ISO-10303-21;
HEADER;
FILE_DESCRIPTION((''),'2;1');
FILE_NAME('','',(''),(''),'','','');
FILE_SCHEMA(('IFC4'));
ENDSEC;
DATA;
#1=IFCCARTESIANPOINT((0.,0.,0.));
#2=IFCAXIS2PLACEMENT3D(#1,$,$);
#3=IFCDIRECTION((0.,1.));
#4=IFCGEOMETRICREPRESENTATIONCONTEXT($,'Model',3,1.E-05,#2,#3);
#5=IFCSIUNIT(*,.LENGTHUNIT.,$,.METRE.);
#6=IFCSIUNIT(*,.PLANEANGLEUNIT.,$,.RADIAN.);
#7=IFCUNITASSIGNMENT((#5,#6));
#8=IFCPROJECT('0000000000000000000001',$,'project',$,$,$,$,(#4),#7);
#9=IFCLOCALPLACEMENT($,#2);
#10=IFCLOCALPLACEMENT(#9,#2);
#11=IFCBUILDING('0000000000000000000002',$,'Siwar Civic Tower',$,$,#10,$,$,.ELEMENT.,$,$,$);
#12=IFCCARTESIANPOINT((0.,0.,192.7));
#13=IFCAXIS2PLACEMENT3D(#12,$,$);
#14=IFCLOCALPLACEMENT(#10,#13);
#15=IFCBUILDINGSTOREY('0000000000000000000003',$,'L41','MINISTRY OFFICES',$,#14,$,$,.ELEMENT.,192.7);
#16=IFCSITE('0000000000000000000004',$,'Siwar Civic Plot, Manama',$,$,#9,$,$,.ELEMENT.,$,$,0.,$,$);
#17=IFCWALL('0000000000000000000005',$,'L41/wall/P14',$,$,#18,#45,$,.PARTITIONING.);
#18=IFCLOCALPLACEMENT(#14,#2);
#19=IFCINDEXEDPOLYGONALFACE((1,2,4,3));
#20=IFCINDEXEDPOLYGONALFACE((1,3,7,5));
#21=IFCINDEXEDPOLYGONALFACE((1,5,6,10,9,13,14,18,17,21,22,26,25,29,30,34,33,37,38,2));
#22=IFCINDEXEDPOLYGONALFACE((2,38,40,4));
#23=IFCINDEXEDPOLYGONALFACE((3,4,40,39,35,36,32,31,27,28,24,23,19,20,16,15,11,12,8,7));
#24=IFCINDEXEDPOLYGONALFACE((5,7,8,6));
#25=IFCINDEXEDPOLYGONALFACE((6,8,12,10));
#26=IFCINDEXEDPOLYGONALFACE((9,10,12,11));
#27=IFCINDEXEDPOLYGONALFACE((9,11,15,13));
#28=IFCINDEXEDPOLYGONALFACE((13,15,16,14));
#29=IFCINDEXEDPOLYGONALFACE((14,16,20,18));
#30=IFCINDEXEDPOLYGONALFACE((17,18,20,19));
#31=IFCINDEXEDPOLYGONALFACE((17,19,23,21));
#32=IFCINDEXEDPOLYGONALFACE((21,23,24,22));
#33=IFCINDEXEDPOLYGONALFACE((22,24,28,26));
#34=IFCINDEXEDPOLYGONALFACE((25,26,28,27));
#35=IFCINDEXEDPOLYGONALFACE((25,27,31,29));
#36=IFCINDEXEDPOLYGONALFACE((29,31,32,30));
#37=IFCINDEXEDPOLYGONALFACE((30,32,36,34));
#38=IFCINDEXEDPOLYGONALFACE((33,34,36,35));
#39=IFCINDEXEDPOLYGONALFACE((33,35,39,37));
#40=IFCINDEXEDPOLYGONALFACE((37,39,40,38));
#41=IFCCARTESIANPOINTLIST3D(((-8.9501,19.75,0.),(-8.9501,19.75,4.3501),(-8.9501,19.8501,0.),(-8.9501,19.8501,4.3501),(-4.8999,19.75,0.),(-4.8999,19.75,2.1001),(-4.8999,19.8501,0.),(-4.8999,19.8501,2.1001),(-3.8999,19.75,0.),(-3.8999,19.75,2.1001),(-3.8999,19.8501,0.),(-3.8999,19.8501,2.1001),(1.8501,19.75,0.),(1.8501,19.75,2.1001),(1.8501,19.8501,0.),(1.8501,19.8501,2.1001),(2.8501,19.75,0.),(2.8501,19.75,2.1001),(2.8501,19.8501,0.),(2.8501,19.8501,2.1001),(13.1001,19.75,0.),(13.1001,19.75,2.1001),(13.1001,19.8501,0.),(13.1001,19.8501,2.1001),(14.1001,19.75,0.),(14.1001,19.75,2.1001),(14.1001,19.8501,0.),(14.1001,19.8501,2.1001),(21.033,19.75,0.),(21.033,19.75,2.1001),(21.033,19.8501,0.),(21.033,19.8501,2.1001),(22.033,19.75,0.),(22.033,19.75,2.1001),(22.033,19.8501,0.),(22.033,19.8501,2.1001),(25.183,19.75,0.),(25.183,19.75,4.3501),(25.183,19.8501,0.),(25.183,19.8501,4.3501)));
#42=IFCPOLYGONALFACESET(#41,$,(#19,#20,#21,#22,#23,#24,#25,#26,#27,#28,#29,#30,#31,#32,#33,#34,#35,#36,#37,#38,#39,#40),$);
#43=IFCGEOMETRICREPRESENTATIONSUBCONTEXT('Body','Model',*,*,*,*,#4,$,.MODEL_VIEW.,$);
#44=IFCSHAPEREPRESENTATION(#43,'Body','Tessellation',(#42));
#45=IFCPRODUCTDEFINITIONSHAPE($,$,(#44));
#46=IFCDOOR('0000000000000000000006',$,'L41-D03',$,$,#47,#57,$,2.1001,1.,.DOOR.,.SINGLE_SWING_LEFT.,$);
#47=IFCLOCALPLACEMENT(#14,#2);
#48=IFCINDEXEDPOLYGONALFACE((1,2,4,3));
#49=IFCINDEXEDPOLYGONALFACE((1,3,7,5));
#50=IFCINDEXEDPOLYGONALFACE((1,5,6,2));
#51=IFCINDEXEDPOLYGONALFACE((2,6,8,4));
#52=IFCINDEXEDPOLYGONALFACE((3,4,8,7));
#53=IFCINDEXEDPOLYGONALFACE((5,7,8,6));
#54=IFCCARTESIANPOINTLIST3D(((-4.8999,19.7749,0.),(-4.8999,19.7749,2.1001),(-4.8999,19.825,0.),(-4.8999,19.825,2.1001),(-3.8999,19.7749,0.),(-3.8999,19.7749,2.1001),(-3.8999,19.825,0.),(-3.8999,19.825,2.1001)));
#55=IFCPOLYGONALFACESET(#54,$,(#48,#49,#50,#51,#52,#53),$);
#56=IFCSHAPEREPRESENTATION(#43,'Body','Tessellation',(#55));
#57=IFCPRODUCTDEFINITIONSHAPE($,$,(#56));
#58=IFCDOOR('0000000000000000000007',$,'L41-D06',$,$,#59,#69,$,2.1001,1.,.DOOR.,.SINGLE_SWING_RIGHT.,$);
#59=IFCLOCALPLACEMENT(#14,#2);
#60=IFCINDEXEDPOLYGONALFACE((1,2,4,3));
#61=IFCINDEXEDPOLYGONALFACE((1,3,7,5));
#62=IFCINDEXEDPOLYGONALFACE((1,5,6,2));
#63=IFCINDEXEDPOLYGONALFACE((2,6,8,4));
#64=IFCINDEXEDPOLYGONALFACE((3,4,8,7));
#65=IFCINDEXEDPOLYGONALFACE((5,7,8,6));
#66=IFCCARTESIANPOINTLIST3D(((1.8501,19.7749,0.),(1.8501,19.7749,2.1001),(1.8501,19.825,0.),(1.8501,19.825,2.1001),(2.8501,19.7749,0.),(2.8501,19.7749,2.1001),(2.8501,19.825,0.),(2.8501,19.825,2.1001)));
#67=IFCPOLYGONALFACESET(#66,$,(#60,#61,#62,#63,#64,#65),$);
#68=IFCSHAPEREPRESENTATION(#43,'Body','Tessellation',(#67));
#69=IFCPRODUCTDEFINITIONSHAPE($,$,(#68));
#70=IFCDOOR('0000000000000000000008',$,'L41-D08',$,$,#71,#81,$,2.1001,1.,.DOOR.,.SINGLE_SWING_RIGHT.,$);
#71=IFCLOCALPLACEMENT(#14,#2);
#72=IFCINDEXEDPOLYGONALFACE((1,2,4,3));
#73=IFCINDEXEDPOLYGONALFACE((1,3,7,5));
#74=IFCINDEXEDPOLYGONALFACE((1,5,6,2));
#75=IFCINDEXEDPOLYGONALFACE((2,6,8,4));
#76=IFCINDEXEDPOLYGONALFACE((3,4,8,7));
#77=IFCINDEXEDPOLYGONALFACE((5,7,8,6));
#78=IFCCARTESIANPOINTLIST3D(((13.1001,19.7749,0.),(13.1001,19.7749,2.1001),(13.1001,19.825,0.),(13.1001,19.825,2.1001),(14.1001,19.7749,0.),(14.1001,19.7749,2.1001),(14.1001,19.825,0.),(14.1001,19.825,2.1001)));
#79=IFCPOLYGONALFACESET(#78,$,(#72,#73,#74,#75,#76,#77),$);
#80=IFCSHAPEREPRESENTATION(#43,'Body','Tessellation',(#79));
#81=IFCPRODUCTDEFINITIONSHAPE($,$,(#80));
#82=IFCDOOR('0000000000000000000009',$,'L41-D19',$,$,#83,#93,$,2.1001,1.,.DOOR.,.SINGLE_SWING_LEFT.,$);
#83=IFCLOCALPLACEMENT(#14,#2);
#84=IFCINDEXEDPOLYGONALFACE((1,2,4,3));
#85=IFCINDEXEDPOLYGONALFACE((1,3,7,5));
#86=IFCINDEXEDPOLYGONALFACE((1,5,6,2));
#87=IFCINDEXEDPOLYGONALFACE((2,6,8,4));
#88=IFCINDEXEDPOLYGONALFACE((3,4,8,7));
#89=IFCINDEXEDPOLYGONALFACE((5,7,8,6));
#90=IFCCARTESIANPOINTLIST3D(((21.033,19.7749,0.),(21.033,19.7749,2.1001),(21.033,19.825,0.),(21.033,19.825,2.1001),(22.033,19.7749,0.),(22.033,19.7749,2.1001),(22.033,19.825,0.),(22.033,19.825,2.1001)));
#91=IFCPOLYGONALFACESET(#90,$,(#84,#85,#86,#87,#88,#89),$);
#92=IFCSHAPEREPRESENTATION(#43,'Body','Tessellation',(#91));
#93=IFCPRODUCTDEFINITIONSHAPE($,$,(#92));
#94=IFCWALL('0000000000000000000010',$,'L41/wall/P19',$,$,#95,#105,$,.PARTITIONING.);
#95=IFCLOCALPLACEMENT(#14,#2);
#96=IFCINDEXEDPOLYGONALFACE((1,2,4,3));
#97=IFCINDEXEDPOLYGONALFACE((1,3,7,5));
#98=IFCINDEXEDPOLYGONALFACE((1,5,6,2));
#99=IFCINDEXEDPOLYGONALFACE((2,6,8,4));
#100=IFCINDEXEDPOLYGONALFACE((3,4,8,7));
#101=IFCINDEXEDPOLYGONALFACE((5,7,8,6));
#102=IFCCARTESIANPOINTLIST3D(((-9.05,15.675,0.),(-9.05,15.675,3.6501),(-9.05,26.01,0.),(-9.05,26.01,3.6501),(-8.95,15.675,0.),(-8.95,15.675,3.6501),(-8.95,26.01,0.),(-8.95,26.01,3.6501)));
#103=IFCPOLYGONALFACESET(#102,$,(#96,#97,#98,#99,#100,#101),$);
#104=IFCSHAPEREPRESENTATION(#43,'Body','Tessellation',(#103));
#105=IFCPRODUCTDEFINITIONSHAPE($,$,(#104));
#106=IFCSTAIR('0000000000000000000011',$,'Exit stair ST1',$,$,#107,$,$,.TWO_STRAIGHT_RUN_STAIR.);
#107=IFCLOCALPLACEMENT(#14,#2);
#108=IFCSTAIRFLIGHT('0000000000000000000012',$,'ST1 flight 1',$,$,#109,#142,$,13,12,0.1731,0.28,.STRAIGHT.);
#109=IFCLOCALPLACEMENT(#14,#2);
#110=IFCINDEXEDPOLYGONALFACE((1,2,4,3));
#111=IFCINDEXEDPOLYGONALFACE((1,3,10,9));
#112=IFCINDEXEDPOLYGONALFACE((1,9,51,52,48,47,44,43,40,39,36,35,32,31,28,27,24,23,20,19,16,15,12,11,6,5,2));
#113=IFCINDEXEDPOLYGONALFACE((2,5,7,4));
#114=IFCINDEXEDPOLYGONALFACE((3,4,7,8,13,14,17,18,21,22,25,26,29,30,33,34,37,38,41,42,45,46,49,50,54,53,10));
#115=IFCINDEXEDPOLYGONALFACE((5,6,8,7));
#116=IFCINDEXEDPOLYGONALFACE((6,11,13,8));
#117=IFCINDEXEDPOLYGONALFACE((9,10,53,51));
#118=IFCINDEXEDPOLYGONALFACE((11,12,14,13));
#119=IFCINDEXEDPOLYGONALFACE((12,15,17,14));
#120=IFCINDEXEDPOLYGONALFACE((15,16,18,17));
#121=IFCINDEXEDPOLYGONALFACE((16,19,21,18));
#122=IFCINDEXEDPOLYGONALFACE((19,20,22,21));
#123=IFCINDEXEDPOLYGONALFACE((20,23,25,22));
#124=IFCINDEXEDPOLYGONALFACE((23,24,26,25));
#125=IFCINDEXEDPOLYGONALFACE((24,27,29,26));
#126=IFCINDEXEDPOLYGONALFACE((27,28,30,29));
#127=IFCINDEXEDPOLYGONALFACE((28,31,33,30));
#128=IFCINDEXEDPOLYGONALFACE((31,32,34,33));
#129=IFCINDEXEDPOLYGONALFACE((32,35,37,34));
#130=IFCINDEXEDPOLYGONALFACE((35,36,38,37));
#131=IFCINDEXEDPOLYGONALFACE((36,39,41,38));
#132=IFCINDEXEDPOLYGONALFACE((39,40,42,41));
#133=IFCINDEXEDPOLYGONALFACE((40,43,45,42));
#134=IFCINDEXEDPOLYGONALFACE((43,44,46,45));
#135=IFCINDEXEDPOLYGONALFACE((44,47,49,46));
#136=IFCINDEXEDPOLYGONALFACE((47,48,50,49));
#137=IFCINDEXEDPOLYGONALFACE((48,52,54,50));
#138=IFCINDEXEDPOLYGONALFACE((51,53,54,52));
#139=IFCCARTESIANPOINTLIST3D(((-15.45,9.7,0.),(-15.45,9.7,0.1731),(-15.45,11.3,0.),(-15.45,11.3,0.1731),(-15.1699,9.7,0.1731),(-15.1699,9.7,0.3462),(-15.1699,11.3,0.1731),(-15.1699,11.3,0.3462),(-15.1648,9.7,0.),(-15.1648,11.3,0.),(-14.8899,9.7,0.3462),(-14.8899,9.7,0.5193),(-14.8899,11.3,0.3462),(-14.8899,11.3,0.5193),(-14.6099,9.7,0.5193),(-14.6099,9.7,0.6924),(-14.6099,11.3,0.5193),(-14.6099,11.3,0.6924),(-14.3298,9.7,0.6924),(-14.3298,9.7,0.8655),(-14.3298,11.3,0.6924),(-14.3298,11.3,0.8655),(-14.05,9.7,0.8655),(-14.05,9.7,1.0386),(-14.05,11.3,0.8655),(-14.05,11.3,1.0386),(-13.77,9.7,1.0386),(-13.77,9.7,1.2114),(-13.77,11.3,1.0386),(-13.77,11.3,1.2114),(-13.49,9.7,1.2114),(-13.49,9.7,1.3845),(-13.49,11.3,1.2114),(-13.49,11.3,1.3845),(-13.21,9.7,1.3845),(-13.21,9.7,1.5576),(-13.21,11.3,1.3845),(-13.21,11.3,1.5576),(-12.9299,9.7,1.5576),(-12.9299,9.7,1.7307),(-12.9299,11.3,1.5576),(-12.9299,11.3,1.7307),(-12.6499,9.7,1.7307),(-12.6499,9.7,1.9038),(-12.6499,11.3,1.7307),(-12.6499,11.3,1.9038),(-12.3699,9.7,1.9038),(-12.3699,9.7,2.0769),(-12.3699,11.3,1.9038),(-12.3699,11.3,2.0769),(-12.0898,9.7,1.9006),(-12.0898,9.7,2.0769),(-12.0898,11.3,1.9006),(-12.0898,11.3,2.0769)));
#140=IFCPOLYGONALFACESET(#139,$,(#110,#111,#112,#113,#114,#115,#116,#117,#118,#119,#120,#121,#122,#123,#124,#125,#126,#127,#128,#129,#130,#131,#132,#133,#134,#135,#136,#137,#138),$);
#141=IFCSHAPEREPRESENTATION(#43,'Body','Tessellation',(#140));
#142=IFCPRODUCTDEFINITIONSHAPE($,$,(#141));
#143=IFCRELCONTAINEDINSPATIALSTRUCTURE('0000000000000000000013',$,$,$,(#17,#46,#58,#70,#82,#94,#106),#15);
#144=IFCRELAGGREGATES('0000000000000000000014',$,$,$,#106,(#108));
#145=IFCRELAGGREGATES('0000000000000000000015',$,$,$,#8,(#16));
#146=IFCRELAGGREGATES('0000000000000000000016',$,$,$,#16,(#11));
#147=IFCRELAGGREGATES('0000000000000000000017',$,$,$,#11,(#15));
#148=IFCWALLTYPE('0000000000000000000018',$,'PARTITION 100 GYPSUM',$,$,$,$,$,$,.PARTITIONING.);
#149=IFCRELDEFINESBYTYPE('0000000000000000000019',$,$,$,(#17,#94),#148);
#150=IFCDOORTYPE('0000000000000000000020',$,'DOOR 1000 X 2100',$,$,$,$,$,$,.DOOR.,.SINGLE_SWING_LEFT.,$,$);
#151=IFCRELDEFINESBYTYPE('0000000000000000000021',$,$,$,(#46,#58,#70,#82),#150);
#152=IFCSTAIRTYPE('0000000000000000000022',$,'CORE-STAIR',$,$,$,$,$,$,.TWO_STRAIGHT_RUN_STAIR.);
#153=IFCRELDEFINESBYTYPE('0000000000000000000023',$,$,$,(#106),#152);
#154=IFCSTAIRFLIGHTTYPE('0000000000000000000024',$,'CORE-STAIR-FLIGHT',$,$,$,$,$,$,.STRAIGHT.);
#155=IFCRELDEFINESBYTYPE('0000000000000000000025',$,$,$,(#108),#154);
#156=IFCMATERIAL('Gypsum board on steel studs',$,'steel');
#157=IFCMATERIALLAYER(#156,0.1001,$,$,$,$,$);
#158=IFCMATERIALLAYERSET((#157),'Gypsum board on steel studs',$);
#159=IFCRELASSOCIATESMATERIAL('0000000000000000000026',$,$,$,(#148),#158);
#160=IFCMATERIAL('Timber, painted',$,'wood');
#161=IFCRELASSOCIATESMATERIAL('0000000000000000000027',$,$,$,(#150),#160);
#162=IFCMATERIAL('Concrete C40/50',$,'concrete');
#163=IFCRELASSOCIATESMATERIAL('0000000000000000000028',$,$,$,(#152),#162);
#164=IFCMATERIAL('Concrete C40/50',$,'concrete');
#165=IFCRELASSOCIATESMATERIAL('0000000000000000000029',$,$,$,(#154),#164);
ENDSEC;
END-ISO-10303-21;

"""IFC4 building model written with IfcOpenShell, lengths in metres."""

from ifc_helpers import new_model, si_unit, direction, frame, frame_2d, origin, place, context, subcontext, project, spatial, polyline, rectangle, outline, extrude, material, layer, layer_set, type_object, element, fill, aggregate, save


model = new_model("IFC4")

# Units and contexts
model_context = context("Model", 3, precision=1e-05, world=origin(), true_north=direction((0.0, 1.0)))
body_context = subcontext(model_context, "Body", "Model", "MODEL_VIEW")
ifc_project = project(units=[si_unit("LENGTHUNIT", "METRE"), si_unit("PLANEANGLEUNIT", "RADIAN")], contexts=[model_context])

# Site, building, storey
site_placement = place(None, origin())
site = spatial("IfcSite", under=ifc_project, at=site_placement, Name="Siwar Civic Plot, Manama", CompositionType="ELEMENT", RefElevation=0.0)
building_placement = place(site_placement, origin())
building = spatial("IfcBuilding", under=site, at=building_placement, Name="Siwar Civic Tower", CompositionType="ELEMENT")
storey_placement = place(building_placement, frame((0.0, 0.0, 192.7)))
storey = spatial("IfcBuildingStorey", under=building, at=storey_placement, Name="L41", Description="MINISTRY OFFICES", CompositionType="ELEMENT", Elevation=192.7)

# Wall, openings, doors
ifc_material_1 = material(Name="Gypsum board on steel studs", Category="steel")
ifc_layer_1 = layer(ifc_material_1, 0.1001)
ifc_layer_set_1 = layer_set([ifc_layer_1], Name="Gypsum board on steel studs")
wall_type_1 = type_object("IfcWallType", Name="PARTITION 100 GYPSUM", PredefinedType="PARTITIONING", material=ifc_layer_set_1)
wall_1_placement = place(storey_placement, frame((-8.95, 19.8, 0.0), z_axis=(0.0, 0.0, 1.0), x_axis=(1.0, 0.0, 0.0)))
wall_1 = element("IfcWall", 1, at=wall_1_placement, inside=storey, type_object=wall_type_1, Name="L41/wall/P14", PredefinedType="PARTITIONING", context=body_context, shape_type="SweptSolid", body=[
    extrude(rectangle(XDim=34.1331, YDim=0.1001, at=frame_2d((17.0664, 0.0))), origin(), (0.0, 0.0, 1.0), 4.3501),
])
opening_1_placement = place(wall_1_placement, frame((4.05, 0.0, 0.0)))
opening_1 = element("IfcOpeningElement", 2, at=opening_1_placement, cuts=wall_1, PredefinedType="OPENING", context=body_context, shape_type="SweptSolid", body=[
    extrude(rectangle(XDim=1.0, YDim=2.1001, at=frame_2d((0.5, 1.05))), frame((0.0, 0.0601, 0.0), z_axis=(0.0, -1.0, 0.0), x_axis=(1.0, 0.0, 0.0)), (0.0, 0.0, 1.0), 0.1201),
])
opening_2_placement = place(wall_1_placement, frame((10.8, 0.0, 0.0)))
opening_2 = element("IfcOpeningElement", 3, at=opening_2_placement, cuts=wall_1, PredefinedType="OPENING", context=body_context, shape_type="SweptSolid", body=[
    extrude(rectangle(XDim=1.0, YDim=2.1001, at=frame_2d((0.5, 1.05))), frame((0.0, 0.0601, 0.0), z_axis=(0.0, -1.0, 0.0), x_axis=(1.0, 0.0, 0.0)), (0.0, 0.0, 1.0), 0.1201),
])
opening_3_placement = place(wall_1_placement, frame((22.05, 0.0, 0.0)))
opening_3 = element("IfcOpeningElement", 4, at=opening_3_placement, cuts=wall_1, PredefinedType="OPENING", context=body_context, shape_type="SweptSolid", body=[
    extrude(rectangle(XDim=1.0, YDim=2.1001, at=frame_2d((0.5, 1.05))), frame((0.0, 0.0601, 0.0), z_axis=(0.0, -1.0, 0.0), x_axis=(1.0, 0.0, 0.0)), (0.0, 0.0, 1.0), 0.1201),
])
opening_4_placement = place(wall_1_placement, frame((29.9829, 0.0, 0.0)))
opening_4 = element("IfcOpeningElement", 5, at=opening_4_placement, cuts=wall_1, PredefinedType="OPENING", context=body_context, shape_type="SweptSolid", body=[
    extrude(rectangle(XDim=1.0, YDim=2.1001, at=frame_2d((0.5, 1.05))), frame((0.0, 0.0601, 0.0), z_axis=(0.0, -1.0, 0.0), x_axis=(1.0, 0.0, 0.0)), (0.0, 0.0, 1.0), 0.1201),
])
ifc_material_2 = material(Name="Timber, painted", Category="wood")
door_type_1 = type_object("IfcDoorType", Name="DOOR 1000 X 2100", OperationType="SINGLE_SWING_LEFT", PredefinedType="DOOR", material=ifc_material_2)
door_1_placement = place(opening_1_placement, origin())
door_1 = element("IfcDoor", 6, at=door_1_placement, inside=storey, type_object=door_type_1, Name="L41-D03", OperationType="SINGLE_SWING_LEFT", OverallHeight=2.1001, OverallWidth=1.0, PredefinedType="DOOR", context=body_context, shape_type="SweptSolid", body=[
    extrude(rectangle(XDim=1.0, YDim=2.1001, at=frame_2d((0.5, 1.05))), frame((0.0, 0.0249, 0.0), z_axis=(0.0, -1.0, 0.0), x_axis=(1.0, 0.0, 0.0)), (0.0, 0.0, 1.0), 0.05),
])
fill(opening_1, door_1)
door_2_placement = place(opening_2_placement, origin())
door_2 = element("IfcDoor", 7, at=door_2_placement, inside=storey, type_object=door_type_1, Name="L41-D06", OperationType="SINGLE_SWING_RIGHT", OverallHeight=2.1001, OverallWidth=1.0, PredefinedType="DOOR", context=body_context, shape_type="SweptSolid", body=[
    extrude(rectangle(XDim=1.0, YDim=2.1001, at=frame_2d((0.5, 1.05))), frame((0.0, 0.0249, 0.0), z_axis=(0.0, -1.0, 0.0), x_axis=(1.0, 0.0, 0.0)), (0.0, 0.0, 1.0), 0.05),
])
fill(opening_2, door_2)
door_3_placement = place(opening_3_placement, origin())
door_3 = element("IfcDoor", 8, at=door_3_placement, inside=storey, type_object=door_type_1, Name="L41-D08", OperationType="SINGLE_SWING_RIGHT", OverallHeight=2.1001, OverallWidth=1.0, PredefinedType="DOOR", context=body_context, shape_type="SweptSolid", body=[
    extrude(rectangle(XDim=1.0, YDim=2.1001, at=frame_2d((0.5, 1.05))), frame((0.0, 0.0249, 0.0), z_axis=(0.0, -1.0, 0.0), x_axis=(1.0, 0.0, 0.0)), (0.0, 0.0, 1.0), 0.05),
])
fill(opening_3, door_3)
door_4_placement = place(opening_4_placement, origin())
door_4 = element("IfcDoor", 9, at=door_4_placement, inside=storey, type_object=door_type_1, Name="L41-D19", OperationType="SINGLE_SWING_LEFT", OverallHeight=2.1001, OverallWidth=1.0, PredefinedType="DOOR", context=body_context, shape_type="SweptSolid", body=[
    extrude(rectangle(XDim=1.0, YDim=2.1001, at=frame_2d((0.5, 1.05))), frame((0.0, 0.0249, 0.0), z_axis=(0.0, -1.0, 0.0), x_axis=(1.0, 0.0, 0.0)), (0.0, 0.0, 1.0), 0.05),
])
fill(opening_4, door_4)

# Wall
wall_2_placement = place(storey_placement, frame((-9.0, 15.675, 0.0), z_axis=(0.0, 0.0, 1.0), x_axis=(0.0, 1.0, 0.0)))
element("IfcWall", 10, at=wall_2_placement, inside=storey, type_object=wall_type_1, Name="L41/wall/P19", PredefinedType="PARTITIONING", context=body_context, shape_type="SweptSolid", body=[
    extrude(rectangle(XDim=10.335, YDim=0.1001, at=frame_2d((5.1675, 0.0))), origin(), (0.0, 0.0, 1.0), 3.6501),
])

# Stair, stair flight
ifc_material_3 = material(Name="Concrete C40/50", Category="concrete")
stair_type = type_object("IfcStairType", Name="CORE-STAIR", PredefinedType="TWO_STRAIGHT_RUN_STAIR", material=ifc_material_3)
stair_placement = place(storey_placement, origin())
stair = element("IfcStair", 11, at=stair_placement, inside=storey, type_object=stair_type, Name="Exit stair ST1", PredefinedType="TWO_STRAIGHT_RUN_STAIR")
ifc_material_4 = material(Name="Concrete C40/50", Category="concrete")
stair_flight_type = type_object("IfcStairFlightType", Name="CORE-STAIR-FLIGHT", PredefinedType="STRAIGHT", material=ifc_material_4)
stair_flight_1_placement = place(storey_placement, frame((-15.45, 10.5, 0.0), z_axis=(0.0, 0.0, 1.0), x_axis=(1.0, 0.0, 0.0)))
stair_flight_1 = element("IfcStairFlight", 12, at=stair_flight_1_placement, type_object=stair_flight_type, Name="ST1 flight 1", NumberOfRisers=13, NumberOfTreads=12, PredefinedType="STRAIGHT", RiserHeight=0.1731, TreadLength=0.28, context=body_context, shape_type="SweptSolid", body=[
    extrude(outline(polyline([(0.0, 0.0), (0.0, 0.1731), (0.28, 0.1731), (0.28, 0.3462), (0.5601, 0.3462), (0.5601, 0.5193), (0.8401, 0.5193), (0.8401, 0.6924), (1.1201, 0.6924), (1.1201, 0.8655), (1.3999, 0.8655), (1.3999, 1.0386), (1.6799, 1.0386), (1.6799, 1.2114), (1.96, 1.2114), (1.96, 1.3845), (2.24, 1.3845), (2.24, 1.5576), (2.52, 1.5576), (2.52, 1.7307), (2.8, 1.7307), (2.8, 1.9038), (3.0801, 1.9038), (3.0801, 2.0769), (3.3601, 2.0769), (3.3601, 2.25), (3.3601, 1.9006), (0.2852, 0.0), (0.0, 0.0)])), frame((0.0, 0.8, 0.0), z_axis=(0.0, -1.0, 0.0), x_axis=(1.0, 0.0, 0.0)), (0.0, 0.0, 1.0), 1.6001),
])
aggregate(stair, [stair_flight_1])

save(model, "model.ifc")
